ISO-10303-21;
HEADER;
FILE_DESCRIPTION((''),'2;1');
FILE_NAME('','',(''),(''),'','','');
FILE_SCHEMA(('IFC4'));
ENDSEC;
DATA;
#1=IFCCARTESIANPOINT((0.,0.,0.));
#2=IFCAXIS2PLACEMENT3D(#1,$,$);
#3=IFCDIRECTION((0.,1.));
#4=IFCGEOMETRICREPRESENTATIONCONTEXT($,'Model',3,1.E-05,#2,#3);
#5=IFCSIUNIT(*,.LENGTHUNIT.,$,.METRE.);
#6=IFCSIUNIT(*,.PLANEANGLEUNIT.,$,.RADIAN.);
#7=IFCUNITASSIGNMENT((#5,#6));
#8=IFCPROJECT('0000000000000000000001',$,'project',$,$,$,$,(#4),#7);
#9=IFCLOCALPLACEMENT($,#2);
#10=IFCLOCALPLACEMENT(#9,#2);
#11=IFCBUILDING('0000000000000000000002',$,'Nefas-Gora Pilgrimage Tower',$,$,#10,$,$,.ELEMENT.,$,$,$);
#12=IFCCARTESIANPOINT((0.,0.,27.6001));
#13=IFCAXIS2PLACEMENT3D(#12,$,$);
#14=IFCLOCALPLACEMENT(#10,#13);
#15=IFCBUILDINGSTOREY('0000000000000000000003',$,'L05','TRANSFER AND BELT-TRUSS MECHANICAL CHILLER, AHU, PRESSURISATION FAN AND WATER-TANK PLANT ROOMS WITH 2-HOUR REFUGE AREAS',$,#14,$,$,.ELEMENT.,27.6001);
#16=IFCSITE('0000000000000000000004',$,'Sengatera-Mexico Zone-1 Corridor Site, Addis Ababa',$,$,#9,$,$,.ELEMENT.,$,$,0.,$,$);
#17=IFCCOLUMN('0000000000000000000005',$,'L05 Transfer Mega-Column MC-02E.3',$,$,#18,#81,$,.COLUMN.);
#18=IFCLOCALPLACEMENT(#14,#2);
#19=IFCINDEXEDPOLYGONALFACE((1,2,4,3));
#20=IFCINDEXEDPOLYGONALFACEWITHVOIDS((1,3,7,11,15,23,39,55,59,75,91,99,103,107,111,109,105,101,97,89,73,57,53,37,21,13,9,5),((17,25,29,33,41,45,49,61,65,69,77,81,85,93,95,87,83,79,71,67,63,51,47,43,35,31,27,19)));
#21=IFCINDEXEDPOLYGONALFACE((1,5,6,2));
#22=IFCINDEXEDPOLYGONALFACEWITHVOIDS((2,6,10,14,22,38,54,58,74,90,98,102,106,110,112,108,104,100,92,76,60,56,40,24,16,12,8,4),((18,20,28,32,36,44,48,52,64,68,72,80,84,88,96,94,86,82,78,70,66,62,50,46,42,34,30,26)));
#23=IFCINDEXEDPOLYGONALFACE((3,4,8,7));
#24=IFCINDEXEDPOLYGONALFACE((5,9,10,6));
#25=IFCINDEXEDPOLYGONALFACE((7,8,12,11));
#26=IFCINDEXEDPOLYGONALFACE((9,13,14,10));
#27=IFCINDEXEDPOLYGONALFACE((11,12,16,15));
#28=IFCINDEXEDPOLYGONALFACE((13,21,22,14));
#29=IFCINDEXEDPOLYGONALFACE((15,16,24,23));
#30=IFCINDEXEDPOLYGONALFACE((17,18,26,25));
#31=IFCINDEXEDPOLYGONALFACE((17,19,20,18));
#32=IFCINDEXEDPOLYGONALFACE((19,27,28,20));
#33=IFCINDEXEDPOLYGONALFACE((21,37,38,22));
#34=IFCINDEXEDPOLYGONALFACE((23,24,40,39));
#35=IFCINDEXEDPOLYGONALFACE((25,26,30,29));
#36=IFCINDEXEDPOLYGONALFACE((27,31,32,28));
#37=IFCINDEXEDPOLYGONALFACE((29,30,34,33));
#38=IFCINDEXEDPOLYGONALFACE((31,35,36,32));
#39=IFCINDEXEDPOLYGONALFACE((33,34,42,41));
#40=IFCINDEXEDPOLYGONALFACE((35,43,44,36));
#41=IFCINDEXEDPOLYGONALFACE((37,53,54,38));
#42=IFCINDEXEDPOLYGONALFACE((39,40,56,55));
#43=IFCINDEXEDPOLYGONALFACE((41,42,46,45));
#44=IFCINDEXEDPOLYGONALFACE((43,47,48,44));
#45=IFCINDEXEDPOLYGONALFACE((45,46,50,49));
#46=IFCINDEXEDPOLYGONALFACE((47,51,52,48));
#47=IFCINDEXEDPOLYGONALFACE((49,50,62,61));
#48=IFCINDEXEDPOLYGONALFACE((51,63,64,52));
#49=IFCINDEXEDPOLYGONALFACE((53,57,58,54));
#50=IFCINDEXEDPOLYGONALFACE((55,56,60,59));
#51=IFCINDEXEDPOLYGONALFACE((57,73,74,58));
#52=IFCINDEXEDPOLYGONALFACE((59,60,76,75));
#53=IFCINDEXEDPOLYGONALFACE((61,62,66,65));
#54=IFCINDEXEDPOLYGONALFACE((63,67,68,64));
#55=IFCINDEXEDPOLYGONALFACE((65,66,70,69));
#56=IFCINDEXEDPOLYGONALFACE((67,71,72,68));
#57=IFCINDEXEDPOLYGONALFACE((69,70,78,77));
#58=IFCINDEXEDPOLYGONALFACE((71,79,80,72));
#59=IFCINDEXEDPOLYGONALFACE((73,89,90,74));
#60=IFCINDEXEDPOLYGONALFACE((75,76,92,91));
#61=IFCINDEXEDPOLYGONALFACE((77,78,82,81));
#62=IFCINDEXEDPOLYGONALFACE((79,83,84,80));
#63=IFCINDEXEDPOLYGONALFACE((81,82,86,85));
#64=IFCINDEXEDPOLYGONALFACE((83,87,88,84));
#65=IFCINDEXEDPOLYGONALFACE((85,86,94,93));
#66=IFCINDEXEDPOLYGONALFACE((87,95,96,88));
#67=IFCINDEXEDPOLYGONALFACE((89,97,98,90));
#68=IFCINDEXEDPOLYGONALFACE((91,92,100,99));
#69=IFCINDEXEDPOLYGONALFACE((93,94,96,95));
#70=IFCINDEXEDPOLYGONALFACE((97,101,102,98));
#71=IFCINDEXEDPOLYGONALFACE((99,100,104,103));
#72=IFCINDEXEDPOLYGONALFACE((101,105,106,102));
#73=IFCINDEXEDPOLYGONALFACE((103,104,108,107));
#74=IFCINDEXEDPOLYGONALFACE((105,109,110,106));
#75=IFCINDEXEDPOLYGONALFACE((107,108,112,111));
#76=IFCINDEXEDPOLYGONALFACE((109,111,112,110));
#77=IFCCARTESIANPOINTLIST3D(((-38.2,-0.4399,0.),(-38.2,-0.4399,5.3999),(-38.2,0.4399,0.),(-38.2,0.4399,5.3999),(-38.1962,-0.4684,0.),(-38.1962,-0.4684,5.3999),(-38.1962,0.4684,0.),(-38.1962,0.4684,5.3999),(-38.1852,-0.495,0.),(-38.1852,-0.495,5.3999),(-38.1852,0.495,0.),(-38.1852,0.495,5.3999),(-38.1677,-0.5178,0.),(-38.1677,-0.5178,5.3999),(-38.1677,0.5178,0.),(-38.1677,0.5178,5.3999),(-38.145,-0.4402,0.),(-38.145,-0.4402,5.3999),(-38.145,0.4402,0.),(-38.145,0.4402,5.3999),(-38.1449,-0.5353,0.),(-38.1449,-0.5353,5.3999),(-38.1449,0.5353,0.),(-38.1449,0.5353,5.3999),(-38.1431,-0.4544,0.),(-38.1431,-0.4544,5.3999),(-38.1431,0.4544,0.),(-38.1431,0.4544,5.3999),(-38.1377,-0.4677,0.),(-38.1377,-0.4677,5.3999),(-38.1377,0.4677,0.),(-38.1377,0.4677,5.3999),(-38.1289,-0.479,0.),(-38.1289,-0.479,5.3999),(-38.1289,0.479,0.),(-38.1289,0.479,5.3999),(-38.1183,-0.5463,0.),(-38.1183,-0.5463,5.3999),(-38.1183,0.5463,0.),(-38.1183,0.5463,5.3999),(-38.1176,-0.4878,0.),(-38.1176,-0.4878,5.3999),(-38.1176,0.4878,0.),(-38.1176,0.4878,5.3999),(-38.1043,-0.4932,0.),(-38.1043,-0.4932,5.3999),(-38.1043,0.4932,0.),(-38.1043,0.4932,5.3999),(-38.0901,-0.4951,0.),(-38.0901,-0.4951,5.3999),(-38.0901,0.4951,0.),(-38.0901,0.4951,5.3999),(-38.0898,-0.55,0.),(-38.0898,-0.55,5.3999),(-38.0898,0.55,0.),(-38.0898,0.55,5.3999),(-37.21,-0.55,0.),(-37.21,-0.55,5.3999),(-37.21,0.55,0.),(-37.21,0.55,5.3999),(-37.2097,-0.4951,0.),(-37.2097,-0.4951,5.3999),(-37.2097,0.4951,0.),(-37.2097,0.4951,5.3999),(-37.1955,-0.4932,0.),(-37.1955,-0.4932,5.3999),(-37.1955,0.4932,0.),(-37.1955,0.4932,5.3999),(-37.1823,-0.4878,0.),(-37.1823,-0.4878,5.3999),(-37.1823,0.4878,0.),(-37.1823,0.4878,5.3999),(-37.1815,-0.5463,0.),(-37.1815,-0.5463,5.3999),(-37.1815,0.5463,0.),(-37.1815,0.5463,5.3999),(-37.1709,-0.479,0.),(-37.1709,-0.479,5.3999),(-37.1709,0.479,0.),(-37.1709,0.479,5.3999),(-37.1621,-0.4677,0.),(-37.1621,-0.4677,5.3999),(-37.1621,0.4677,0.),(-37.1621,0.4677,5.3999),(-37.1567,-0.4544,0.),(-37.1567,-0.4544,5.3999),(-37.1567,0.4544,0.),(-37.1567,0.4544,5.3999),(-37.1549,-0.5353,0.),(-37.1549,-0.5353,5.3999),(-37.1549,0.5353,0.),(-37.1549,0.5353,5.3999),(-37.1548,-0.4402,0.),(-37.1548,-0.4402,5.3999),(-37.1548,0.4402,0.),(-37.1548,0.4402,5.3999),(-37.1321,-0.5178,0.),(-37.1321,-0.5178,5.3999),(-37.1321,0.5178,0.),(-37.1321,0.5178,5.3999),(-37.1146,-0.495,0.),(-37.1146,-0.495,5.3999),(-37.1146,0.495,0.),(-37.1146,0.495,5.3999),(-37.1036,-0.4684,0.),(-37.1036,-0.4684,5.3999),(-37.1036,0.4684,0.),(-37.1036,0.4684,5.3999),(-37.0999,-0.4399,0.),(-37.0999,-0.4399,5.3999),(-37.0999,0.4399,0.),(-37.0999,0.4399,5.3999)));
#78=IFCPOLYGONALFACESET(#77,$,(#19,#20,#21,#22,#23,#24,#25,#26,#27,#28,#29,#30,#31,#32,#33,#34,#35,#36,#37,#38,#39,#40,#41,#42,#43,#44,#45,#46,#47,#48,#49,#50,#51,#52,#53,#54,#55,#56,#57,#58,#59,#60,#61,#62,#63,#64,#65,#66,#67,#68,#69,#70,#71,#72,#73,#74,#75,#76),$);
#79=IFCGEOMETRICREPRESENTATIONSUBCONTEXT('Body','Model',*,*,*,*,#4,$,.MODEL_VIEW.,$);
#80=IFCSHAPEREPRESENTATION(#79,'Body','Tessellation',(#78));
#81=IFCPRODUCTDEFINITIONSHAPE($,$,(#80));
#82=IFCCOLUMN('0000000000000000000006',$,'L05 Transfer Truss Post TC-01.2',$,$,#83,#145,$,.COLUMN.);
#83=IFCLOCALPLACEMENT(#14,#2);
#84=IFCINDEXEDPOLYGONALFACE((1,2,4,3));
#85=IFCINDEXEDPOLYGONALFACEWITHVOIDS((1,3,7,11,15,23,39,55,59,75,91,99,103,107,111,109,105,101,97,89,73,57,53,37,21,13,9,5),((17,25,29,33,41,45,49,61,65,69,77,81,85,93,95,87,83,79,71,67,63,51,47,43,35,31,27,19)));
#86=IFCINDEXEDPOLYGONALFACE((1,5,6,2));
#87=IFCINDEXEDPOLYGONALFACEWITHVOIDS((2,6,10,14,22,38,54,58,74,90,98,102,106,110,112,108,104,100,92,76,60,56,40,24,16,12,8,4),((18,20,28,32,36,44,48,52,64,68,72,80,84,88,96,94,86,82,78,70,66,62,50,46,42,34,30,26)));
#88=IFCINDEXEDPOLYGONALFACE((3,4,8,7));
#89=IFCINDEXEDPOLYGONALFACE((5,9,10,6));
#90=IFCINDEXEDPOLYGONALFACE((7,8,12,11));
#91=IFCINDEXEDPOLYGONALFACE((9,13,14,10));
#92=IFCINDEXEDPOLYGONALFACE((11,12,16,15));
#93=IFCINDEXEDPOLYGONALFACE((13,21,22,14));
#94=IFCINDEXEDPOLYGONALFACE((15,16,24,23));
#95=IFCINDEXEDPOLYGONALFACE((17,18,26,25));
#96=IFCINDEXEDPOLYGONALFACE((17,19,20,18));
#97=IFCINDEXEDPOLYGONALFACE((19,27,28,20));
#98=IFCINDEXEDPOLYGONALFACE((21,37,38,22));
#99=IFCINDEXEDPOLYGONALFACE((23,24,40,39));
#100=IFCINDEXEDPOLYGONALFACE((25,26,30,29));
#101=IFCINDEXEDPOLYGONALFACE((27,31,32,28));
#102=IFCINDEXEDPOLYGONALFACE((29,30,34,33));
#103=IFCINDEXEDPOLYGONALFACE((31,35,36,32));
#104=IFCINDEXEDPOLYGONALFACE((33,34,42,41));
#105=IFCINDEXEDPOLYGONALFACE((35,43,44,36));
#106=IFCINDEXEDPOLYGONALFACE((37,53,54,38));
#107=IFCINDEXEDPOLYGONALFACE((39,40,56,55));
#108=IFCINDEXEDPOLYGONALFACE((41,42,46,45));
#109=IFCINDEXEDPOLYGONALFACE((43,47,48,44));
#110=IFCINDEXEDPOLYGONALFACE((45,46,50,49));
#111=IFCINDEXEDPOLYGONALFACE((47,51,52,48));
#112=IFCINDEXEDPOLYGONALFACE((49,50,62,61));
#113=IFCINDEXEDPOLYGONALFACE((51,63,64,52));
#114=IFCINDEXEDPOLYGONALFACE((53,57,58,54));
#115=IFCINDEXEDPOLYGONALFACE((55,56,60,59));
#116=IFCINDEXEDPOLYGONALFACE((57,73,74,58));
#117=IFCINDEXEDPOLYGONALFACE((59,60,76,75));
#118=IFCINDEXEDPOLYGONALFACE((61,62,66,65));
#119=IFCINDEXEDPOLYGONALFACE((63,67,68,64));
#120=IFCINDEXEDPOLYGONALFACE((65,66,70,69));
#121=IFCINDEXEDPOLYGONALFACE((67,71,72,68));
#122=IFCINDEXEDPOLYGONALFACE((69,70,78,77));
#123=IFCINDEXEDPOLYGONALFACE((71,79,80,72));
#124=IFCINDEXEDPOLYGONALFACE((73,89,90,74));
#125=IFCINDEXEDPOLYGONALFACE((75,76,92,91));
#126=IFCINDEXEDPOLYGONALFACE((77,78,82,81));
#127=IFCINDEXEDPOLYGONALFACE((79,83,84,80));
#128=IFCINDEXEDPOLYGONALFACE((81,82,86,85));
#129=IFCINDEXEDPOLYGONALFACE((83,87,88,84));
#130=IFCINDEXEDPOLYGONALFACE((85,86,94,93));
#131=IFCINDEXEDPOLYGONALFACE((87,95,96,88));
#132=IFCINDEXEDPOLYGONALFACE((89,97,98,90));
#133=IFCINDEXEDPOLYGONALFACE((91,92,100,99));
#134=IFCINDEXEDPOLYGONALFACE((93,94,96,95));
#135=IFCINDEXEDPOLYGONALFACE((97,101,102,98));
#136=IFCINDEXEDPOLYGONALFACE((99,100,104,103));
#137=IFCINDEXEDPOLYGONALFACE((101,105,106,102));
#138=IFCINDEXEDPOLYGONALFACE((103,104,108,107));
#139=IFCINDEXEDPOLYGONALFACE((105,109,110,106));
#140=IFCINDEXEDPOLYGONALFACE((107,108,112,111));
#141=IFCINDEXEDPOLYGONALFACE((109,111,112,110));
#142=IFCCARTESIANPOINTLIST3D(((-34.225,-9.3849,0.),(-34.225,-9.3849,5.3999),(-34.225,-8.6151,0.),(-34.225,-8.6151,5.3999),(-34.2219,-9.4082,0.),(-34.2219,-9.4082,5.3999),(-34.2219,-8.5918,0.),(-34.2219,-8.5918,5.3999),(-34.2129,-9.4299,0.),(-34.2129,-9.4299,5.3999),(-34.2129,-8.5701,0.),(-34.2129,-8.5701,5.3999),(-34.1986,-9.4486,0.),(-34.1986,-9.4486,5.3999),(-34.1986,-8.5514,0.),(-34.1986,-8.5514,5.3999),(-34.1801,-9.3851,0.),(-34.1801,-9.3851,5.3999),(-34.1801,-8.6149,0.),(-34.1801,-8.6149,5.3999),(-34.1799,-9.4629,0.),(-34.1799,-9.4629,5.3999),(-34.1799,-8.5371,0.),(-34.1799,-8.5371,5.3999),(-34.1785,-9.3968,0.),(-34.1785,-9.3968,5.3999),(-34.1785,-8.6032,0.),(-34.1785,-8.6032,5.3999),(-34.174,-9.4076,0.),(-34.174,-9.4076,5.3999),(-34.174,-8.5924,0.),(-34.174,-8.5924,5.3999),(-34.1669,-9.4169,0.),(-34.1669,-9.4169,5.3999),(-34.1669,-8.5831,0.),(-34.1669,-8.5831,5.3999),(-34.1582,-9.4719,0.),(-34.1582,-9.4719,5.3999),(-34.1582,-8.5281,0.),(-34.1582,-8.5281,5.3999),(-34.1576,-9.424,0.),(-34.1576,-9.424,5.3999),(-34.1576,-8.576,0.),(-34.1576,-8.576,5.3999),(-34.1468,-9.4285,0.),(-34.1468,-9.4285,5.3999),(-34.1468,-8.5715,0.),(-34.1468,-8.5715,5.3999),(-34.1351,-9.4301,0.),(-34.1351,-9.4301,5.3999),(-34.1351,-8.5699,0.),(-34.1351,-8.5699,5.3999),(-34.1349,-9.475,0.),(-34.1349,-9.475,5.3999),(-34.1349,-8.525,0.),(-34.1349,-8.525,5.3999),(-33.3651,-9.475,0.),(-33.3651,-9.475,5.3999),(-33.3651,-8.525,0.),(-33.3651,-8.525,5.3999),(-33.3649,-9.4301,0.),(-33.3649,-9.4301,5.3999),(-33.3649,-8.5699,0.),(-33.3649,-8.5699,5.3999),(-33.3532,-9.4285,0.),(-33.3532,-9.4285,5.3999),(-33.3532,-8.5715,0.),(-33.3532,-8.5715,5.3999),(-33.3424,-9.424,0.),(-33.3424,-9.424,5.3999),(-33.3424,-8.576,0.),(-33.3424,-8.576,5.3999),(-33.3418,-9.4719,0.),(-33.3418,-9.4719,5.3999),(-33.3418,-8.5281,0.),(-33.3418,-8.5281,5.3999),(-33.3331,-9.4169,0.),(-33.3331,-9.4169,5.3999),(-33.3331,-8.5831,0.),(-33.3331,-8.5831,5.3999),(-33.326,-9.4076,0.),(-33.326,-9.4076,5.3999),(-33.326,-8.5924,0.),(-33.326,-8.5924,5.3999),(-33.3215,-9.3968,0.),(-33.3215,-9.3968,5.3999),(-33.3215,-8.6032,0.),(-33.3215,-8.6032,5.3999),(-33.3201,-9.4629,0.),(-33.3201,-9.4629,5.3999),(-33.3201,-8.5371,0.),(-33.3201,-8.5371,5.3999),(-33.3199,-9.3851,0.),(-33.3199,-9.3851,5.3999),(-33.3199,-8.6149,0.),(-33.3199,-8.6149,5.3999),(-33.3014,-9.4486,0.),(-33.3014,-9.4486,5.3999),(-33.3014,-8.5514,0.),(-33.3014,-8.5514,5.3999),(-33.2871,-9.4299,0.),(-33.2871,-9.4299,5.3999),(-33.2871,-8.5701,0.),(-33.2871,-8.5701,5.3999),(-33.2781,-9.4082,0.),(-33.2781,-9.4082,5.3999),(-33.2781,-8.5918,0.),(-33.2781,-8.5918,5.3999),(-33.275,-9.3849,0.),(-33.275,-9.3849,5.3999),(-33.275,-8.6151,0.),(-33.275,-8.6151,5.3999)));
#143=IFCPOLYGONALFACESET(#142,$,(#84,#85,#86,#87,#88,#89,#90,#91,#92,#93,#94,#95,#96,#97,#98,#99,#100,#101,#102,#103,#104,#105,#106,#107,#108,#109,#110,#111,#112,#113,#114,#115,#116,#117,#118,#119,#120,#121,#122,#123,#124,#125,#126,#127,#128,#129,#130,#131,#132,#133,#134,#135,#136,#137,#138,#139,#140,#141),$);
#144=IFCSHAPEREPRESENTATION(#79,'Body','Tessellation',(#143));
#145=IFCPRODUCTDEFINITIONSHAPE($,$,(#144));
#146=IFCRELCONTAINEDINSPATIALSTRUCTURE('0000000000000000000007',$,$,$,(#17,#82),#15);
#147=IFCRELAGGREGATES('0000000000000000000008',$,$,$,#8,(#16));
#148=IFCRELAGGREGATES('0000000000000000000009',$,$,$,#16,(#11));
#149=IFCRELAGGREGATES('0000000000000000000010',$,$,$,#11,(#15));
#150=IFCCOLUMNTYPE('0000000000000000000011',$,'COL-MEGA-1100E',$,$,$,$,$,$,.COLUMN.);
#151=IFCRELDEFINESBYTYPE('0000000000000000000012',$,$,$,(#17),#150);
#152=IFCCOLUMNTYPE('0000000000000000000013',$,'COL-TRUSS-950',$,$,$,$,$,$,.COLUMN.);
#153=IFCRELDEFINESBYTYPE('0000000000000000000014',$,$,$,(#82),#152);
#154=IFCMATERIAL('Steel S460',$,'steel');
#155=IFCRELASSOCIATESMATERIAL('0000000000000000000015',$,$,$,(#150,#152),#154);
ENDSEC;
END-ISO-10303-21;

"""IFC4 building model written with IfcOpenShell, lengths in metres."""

from ifc_helpers import new_model, si_unit, direction, frame, origin, origin_2d, place, context, subcontext, project, spatial, hollow_rectangle, extrude, source, transform, mapped, material, material_profile, profile_set, type_object, element, save


model = new_model("IFC4")

# Units and contexts
model_context = context("Model", 3, precision=1e-05, world=origin(), true_north=direction((0.0, 1.0)))
body_context = subcontext(model_context, "Body", "Model", "MODEL_VIEW")
ifc_project = project(units=[si_unit("LENGTHUNIT", "METRE"), si_unit("PLANEANGLEUNIT", "RADIAN")], contexts=[model_context])

# Site, building, storey
site_placement = place(None, origin())
site = spatial("IfcSite", under=ifc_project, at=site_placement, Name="Sengatera-Mexico Zone-1 Corridor Site, Addis Ababa", CompositionType="ELEMENT", RefElevation=0.0)
building_placement = place(site_placement, origin())
building = spatial("IfcBuilding", under=site, at=building_placement, Name="Nefas-Gora Pilgrimage Tower", CompositionType="ELEMENT")
storey_placement = place(building_placement, frame((0.0, 0.0, 27.6001)))
storey = spatial("IfcBuildingStorey", under=building, at=storey_placement, Name="L05", Description="TRANSFER AND BELT-TRUSS MECHANICAL CHILLER, AHU, PRESSURISATION FAN AND WATER-TANK PLANT ROOMS WITH 2-HOUR REFUGE AREAS", CompositionType="ELEMENT", Elevation=27.6001)

# Columns
ifc_material_1 = material(Name="Steel S460", Category="steel")
ifc_material_profile_1 = material_profile(ifc_material_1, hollow_rectangle(XDim=1.1001, YDim=1.1001, WallThickness=0.0549, InnerFilletRadius=0.0549, OuterFilletRadius=0.1101, at=origin_2d()), Name="BOX 1100x1100x55")
ifc_profile_set_1 = profile_set([ifc_material_profile_1], Name="Steel S460")
column_type_1 = type_object("IfcColumnType", Name="COL-MEGA-1100E", PredefinedType="COLUMN", material=ifc_profile_set_1)
shared_shape_1 = source(origin(), body_context, "Body", "SweptSolid", [
    extrude(hollow_rectangle(XDim=1.1001, YDim=1.1001, WallThickness=0.0549, InnerFilletRadius=0.0549, OuterFilletRadius=0.1101, at=origin_2d()), origin(), (0.0, 0.0, 1.0), 5.3999),
])
column_placement = place(storey_placement, frame((-37.6499, 0.0, 0.0), z_axis=(0.0, 0.0, 1.0), x_axis=(1.0, 0.0, 0.0)))
element("IfcColumn", 1, at=column_placement, inside=storey, type_object=column_type_1, Name="L05 Transfer Mega-Column MC-02E.3", PredefinedType="COLUMN", context=body_context, shape_type="MappedRepresentation", body=[
    mapped(shared_shape_1, transform((0.0, 0.0, 0.0), x_axis=(1.0, 0.0, 0.0), y_axis=(0.0, 1.0, 0.0), z_axis=(0.0, 0.0, 1.0), scale=1.0)),
])
ifc_material_profile_2 = material_profile(ifc_material_1, hollow_rectangle(XDim=0.95, YDim=0.95, WallThickness=0.0449, InnerFilletRadius=0.0449, OuterFilletRadius=0.0901, at=origin_2d()), Name="BOX 950x950x45")
ifc_profile_set_2 = profile_set([ifc_material_profile_2], Name="Steel S460")
column_type_2 = type_object("IfcColumnType", Name="COL-TRUSS-950", PredefinedType="COLUMN", material=ifc_profile_set_2)
shared_shape_2 = source(origin(), body_context, "Body", "SweptSolid", [
    extrude(hollow_rectangle(XDim=0.95, YDim=0.95, WallThickness=0.0449, InnerFilletRadius=0.0449, OuterFilletRadius=0.0901, at=origin_2d()), origin(), (0.0, 0.0, 1.0), 5.3999),
])
for number, where, z_axis, x_axis, name in (
    (2, (-33.75, -9.0, 0.0), (0.0, 0.0, 1.0), (1.0, 0.0, 0.0), "L05 Transfer Truss Post TC-01.2"),
):
    element("IfcColumn", number, at=place(storey_placement, frame(where, z_axis=z_axis, x_axis=x_axis)), inside=storey, type_object=column_type_2, Name=name, PredefinedType="COLUMN", context=body_context, shape_type="MappedRepresentation", body=[
        mapped(shared_shape_2, transform((0.0, 0.0, 0.0), x_axis=(1.0, 0.0, 0.0), y_axis=(0.0, 1.0, 0.0), z_axis=(0.0, 0.0, 1.0), scale=1.0)),
    ])

save(model, "model.ifc")
